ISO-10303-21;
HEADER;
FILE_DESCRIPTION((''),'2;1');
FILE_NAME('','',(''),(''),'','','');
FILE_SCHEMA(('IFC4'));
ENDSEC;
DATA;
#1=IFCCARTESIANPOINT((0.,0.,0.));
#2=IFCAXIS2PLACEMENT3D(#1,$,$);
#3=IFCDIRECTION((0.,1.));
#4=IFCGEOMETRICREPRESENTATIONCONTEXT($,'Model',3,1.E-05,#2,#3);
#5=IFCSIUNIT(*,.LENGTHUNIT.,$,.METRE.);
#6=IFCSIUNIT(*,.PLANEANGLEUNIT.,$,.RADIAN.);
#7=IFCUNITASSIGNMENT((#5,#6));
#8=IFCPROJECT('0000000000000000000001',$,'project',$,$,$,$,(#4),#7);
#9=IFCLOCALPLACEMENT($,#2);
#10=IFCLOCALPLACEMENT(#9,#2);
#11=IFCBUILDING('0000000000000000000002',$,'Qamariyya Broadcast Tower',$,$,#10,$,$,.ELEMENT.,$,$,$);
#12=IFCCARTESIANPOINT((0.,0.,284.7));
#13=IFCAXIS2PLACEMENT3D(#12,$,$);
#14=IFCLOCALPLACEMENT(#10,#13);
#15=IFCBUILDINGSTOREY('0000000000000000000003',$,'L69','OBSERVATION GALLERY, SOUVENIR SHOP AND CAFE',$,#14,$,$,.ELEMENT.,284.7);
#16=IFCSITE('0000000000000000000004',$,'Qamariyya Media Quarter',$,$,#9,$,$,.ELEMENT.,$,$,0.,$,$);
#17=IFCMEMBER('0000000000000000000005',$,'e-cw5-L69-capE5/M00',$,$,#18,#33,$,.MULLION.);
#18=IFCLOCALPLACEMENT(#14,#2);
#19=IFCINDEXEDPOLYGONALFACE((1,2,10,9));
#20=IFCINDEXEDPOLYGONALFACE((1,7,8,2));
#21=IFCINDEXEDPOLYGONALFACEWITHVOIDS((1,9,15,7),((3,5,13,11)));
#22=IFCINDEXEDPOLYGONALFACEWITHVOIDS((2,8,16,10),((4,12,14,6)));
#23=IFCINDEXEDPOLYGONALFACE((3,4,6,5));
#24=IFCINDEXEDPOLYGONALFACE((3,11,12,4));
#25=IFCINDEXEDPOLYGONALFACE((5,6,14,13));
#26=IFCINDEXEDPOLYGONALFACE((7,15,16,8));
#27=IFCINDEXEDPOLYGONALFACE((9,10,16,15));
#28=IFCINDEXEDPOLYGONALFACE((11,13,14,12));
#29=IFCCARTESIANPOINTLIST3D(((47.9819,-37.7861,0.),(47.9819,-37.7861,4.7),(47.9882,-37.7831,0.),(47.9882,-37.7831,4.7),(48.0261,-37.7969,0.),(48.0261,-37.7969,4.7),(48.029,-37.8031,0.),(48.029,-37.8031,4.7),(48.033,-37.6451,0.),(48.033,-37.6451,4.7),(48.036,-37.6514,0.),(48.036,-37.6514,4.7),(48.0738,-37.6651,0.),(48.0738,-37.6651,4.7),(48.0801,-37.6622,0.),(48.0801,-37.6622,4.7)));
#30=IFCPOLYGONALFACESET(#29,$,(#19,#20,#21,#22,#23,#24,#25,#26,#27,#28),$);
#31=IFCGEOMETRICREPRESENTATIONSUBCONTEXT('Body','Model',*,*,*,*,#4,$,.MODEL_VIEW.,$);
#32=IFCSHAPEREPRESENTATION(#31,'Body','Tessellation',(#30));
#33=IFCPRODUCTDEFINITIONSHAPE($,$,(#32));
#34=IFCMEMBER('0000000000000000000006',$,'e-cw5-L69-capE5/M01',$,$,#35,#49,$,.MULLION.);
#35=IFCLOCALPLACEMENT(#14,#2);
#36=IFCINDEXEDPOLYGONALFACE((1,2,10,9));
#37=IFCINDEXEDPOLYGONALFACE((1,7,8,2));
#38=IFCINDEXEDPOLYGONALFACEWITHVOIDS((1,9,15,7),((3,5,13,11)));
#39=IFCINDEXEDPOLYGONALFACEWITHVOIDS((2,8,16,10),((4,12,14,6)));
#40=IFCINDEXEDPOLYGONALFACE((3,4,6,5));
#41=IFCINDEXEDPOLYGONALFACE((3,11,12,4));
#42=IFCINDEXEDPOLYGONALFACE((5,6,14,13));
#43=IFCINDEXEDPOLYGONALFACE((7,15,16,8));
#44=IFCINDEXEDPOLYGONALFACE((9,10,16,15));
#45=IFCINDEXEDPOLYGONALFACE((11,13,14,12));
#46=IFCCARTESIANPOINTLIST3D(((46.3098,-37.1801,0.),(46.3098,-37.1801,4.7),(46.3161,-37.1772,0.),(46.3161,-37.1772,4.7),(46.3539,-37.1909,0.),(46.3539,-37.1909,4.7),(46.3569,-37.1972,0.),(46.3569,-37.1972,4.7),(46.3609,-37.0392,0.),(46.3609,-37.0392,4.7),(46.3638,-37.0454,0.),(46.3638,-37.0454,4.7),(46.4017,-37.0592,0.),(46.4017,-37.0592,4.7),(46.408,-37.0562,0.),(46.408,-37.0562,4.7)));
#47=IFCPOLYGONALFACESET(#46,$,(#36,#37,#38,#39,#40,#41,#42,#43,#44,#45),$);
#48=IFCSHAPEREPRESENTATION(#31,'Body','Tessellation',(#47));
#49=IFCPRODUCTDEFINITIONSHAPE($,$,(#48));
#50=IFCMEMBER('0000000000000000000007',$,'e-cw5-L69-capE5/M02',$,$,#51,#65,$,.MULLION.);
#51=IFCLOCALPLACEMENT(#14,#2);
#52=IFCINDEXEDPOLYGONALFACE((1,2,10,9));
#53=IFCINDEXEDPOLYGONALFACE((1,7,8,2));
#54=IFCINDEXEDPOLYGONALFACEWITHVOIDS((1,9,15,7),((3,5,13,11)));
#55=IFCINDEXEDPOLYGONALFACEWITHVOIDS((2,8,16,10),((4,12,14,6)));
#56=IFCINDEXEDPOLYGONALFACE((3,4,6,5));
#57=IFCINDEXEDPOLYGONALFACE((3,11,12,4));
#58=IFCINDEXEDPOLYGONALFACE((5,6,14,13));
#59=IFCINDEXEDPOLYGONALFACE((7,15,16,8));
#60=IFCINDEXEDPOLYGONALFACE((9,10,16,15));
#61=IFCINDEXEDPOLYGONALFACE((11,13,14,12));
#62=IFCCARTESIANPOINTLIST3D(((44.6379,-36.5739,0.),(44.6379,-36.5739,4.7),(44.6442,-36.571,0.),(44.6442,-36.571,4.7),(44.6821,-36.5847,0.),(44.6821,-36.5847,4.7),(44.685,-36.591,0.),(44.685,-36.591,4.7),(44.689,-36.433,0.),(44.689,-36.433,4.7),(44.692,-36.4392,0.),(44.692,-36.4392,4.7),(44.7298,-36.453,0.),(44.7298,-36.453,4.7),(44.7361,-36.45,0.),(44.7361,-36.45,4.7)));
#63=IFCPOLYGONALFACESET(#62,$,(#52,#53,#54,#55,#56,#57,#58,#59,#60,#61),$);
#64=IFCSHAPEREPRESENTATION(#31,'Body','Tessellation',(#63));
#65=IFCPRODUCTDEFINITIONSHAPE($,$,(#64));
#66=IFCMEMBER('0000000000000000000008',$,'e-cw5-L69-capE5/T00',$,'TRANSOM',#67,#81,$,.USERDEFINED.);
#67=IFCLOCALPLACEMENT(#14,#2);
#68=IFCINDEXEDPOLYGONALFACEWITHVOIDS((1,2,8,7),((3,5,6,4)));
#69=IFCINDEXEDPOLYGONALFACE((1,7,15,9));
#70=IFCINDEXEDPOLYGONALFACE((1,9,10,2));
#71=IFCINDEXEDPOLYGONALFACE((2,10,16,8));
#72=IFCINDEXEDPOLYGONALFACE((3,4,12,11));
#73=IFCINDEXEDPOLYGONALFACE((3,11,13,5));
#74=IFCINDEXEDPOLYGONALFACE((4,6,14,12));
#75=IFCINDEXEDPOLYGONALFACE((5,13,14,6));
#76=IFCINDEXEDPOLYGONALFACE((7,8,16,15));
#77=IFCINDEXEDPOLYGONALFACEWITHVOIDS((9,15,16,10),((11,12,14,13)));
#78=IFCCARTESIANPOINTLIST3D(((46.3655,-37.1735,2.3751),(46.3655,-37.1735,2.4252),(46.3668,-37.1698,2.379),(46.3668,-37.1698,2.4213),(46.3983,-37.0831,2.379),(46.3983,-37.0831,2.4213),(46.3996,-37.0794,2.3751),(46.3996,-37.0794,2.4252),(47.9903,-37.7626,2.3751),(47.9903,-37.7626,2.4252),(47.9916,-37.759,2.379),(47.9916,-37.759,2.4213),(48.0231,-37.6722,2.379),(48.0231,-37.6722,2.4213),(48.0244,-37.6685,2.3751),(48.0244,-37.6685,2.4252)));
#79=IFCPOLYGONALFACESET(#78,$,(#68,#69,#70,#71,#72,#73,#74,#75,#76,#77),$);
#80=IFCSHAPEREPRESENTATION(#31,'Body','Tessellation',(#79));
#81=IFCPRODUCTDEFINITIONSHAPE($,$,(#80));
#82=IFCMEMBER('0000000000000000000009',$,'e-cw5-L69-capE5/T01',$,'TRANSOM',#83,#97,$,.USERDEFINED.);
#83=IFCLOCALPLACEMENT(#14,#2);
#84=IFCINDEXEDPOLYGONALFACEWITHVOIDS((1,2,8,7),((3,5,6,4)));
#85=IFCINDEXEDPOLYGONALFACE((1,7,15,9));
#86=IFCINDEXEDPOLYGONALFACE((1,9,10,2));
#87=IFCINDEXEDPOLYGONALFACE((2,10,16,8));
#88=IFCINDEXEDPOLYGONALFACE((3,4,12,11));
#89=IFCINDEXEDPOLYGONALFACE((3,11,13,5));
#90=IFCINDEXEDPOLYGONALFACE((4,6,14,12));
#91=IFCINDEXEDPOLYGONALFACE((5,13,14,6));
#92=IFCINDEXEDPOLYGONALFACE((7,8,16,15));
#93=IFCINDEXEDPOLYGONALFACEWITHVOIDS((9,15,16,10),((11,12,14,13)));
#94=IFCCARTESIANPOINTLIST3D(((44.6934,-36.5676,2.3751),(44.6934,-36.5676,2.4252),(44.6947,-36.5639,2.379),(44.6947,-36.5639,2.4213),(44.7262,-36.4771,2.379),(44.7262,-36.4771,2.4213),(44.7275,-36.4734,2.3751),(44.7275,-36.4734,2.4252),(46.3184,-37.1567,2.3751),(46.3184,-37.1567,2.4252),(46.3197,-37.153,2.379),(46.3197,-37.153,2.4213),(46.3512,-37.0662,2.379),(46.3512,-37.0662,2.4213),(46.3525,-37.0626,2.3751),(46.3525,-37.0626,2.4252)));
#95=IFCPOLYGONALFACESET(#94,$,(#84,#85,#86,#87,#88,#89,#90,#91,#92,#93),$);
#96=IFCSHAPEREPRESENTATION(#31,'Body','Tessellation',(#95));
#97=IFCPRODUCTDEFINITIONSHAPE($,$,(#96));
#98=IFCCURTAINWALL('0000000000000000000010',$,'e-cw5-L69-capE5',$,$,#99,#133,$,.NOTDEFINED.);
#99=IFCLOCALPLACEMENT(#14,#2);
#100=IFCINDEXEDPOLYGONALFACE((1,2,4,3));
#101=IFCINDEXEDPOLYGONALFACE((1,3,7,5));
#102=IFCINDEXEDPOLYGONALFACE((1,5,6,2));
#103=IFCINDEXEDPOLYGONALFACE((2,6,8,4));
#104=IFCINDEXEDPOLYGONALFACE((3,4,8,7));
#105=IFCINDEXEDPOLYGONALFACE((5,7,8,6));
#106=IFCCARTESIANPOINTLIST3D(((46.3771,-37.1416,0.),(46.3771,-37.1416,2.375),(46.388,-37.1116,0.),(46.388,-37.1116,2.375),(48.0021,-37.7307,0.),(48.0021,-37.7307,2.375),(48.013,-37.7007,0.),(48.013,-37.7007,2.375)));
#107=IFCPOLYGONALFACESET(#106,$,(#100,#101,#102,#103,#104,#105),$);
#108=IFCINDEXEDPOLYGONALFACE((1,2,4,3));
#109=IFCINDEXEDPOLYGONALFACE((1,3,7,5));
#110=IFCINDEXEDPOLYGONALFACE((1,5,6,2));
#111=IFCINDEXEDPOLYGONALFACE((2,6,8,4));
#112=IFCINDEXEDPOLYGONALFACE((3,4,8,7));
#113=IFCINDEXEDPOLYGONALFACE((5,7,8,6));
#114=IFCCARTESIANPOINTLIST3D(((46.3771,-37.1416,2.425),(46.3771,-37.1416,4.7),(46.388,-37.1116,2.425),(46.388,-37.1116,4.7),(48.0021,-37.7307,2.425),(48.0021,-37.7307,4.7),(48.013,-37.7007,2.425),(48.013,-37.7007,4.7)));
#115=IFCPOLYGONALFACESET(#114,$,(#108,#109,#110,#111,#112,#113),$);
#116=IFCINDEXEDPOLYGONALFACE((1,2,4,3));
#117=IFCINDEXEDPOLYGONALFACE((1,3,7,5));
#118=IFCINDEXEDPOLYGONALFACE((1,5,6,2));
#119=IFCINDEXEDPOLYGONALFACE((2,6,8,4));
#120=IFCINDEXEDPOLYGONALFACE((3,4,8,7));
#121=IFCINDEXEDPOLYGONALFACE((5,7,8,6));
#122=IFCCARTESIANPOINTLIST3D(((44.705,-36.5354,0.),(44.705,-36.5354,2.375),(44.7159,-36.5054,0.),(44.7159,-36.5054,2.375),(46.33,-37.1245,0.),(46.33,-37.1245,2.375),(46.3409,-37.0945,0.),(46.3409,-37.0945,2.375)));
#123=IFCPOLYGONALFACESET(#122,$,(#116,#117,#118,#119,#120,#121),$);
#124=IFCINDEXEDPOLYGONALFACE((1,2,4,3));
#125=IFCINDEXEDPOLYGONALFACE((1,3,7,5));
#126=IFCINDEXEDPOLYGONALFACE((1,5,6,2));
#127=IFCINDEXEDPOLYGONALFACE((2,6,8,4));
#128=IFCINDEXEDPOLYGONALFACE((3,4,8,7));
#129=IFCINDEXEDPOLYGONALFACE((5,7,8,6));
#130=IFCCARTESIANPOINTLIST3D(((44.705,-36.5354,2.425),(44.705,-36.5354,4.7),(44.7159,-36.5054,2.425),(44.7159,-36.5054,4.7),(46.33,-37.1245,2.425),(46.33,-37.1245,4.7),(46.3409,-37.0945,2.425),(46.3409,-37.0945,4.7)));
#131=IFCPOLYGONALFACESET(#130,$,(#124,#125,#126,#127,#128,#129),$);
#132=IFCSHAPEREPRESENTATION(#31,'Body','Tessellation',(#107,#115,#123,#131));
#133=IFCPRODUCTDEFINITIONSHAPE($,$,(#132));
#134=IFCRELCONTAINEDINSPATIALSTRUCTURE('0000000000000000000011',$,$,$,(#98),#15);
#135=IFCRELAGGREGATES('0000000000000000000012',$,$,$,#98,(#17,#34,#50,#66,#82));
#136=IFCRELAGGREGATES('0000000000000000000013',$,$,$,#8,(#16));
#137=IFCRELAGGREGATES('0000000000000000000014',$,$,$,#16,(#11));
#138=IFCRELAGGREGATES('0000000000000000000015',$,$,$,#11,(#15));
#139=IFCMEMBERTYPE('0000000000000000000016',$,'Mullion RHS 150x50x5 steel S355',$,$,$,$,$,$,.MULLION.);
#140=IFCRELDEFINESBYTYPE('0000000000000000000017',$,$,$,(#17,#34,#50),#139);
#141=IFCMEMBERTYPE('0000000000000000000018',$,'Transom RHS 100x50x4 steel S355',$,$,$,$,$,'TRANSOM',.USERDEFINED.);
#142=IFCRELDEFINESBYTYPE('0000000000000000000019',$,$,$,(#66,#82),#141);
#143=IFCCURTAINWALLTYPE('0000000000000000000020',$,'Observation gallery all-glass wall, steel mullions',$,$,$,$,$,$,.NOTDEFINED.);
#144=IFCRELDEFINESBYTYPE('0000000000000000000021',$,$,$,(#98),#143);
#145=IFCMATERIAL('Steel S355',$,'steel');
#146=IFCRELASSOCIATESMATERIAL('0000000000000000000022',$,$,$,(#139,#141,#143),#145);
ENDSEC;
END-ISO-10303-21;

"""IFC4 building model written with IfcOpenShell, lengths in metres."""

from ifc_helpers import new_model, si_unit, direction, frame, origin, origin_2d, place, context, subcontext, project, spatial, rectangle, hollow_rectangle, extrude, material, material_profile, profile_set, type_object, element, aggregate, save


model = new_model("IFC4")

# Units and contexts
model_context = context("Model", 3, precision=1e-05, world=origin(), true_north=direction((0.0, 1.0)))
body_context = subcontext(model_context, "Body", "Model", "MODEL_VIEW")
ifc_project = project(units=[si_unit("LENGTHUNIT", "METRE"), si_unit("PLANEANGLEUNIT", "RADIAN")], contexts=[model_context])

# Members
ifc_material = material(Name="Steel S355", Category="steel")
ifc_material_profile_1 = material_profile(ifc_material, hollow_rectangle(XDim=0.1499, YDim=0.05, WallThickness=0.0049, at=origin_2d()))
ifc_profile_set_1 = profile_set([ifc_material_profile_1], Name="Steel S355")
member_type_1 = type_object("IfcMemberType", Name="Mullion RHS 150x50x5 steel S355", PredefinedType="MULLION", material=ifc_profile_set_1)
site_placement = place(None, origin())
building_placement = place(site_placement, origin())
storey_placement = place(building_placement, frame((0.0, 0.0, 284.7)))
member_1_placement = place(storey_placement, frame((48.031, -37.7241, 0.0), z_axis=(0.0, 0.0, 1.0), x_axis=(-0.340815, -0.94013, 0.0)))
member_1 = element("IfcMember", 1, at=member_1_placement, type_object=member_type_1, Name="e-cw5-L69-capE5/M00", PredefinedType="MULLION", context=body_context, shape_type="SweptSolid", body=[
    extrude(hollow_rectangle(XDim=0.1499, YDim=0.05, WallThickness=0.0049, at=origin_2d()), origin(), (0.0, 0.0, 1.0), 4.7),
])
member_2_placement = place(storey_placement, frame((46.3589, -37.1182, 0.0), z_axis=(0.0, 0.0, 1.0), x_axis=(-0.340815, -0.94013, 0.0)))
member_2 = element("IfcMember", 2, at=member_2_placement, type_object=member_type_1, Name="e-cw5-L69-capE5/M01", PredefinedType="MULLION", context=body_context, shape_type="SweptSolid", body=[
    extrude(hollow_rectangle(XDim=0.1499, YDim=0.05, WallThickness=0.0049, at=origin_2d()), origin(), (0.0, 0.0, 1.0), 4.7),
])
member_3_placement = place(storey_placement, frame((44.687, -36.512, 0.0), z_axis=(0.0, 0.0, 1.0), x_axis=(-0.340815, -0.94013, 0.0)))
member_3 = element("IfcMember", 3, at=member_3_placement, type_object=member_type_1, Name="e-cw5-L69-capE5/M02", PredefinedType="MULLION", context=body_context, shape_type="SweptSolid", body=[
    extrude(hollow_rectangle(XDim=0.1499, YDim=0.05, WallThickness=0.0049, at=origin_2d()), origin(), (0.0, 0.0, 1.0), 4.7),
])
ifc_material_profile_2 = material_profile(ifc_material, hollow_rectangle(XDim=0.1001, YDim=0.05, WallThickness=0.0039, at=origin_2d()))
ifc_profile_set_2 = profile_set([ifc_material_profile_2], Name="Steel S355")
member_type_2 = type_object("IfcMemberType", Name="Transom RHS 100x50x4 steel S355", ElementType="TRANSOM", PredefinedType="USERDEFINED", material=ifc_profile_set_2)
member_4_placement = place(storey_placement, frame((48.0073, -37.7156, 2.4001), z_axis=(-0.940111, 0.34087, 0.0), x_axis=(-0.34087, -0.940111, 0.0)))
member_4 = element("IfcMember", 4, at=member_4_placement, type_object=member_type_2, Name="e-cw5-L69-capE5/T00", ObjectType="TRANSOM", PredefinedType="USERDEFINED", context=body_context, shape_type="SweptSolid", body=[
    extrude(hollow_rectangle(XDim=0.1001, YDim=0.05, WallThickness=0.0039, at=origin_2d()), origin(), (0.0, 0.0, 1.0), 1.7283),
])
member_5_placement = place(storey_placement, frame((46.3354, -37.1096, 2.4001), z_axis=(-0.940127, 0.340824, 0.0), x_axis=(-0.340824, -0.940127, 0.0)))
member_5 = element("IfcMember", 5, at=member_5_placement, type_object=member_type_2, Name="e-cw5-L69-capE5/T01", ObjectType="TRANSOM", PredefinedType="USERDEFINED", context=body_context, shape_type="SweptSolid", body=[
    extrude(hollow_rectangle(XDim=0.1001, YDim=0.05, WallThickness=0.0039, at=origin_2d()), origin(), (0.0, 0.0, 1.0), 1.7285),
])

# Site, building, storey
site = spatial("IfcSite", under=ifc_project, at=site_placement, Name="Qamariyya Media Quarter", CompositionType="ELEMENT", RefElevation=0.0)
building = spatial("IfcBuilding", under=site, at=building_placement, Name="Qamariyya Broadcast Tower", CompositionType="ELEMENT")
storey = spatial("IfcBuildingStorey", under=building, at=storey_placement, Name="L69", Description="OBSERVATION GALLERY, SOUVENIR SHOP AND CAFE", CompositionType="ELEMENT", Elevation=284.7)

# Curtain wall
curtain_wall_type = type_object("IfcCurtainWallType", Name="Observation gallery all-glass wall, steel mullions", PredefinedType="NOTDEFINED", material=ifc_material)
curtain_wall_1_placement = place(storey_placement, origin())
curtain_wall_1 = element("IfcCurtainWall", 6, at=curtain_wall_1_placement, inside=storey, type_object=curtain_wall_type, Name="e-cw5-L69-capE5", PredefinedType="NOTDEFINED", context=body_context, shape_type="SweptSolid", body=[
    extrude(rectangle(XDim=1.7285, YDim=0.032, at=origin_2d()), frame((47.1951, -37.4211, 0.0), x_axis=(-0.940131, 0.340814, 0.0)), (0.0, 0.0, 1.0), 2.375),
    extrude(rectangle(XDim=1.7285, YDim=0.032, at=origin_2d()), frame((47.1951, -37.4211, 2.425), x_axis=(-0.940131, 0.340814, 0.0)), (0.0, 0.0, 1.0), 2.2749),
    extrude(rectangle(XDim=1.7285, YDim=0.032, at=origin_2d()), frame((45.5229, -36.8149, 0.0), x_axis=(-0.940131, 0.340814, 0.0)), (0.0, 0.0, 1.0), 2.375),
    extrude(rectangle(XDim=1.7285, YDim=0.032, at=origin_2d()), frame((45.5229, -36.8149, 2.425), x_axis=(-0.940131, 0.340814, 0.0)), (0.0, 0.0, 1.0), 2.2749),
])
aggregate(curtain_wall_1, [member_1, member_2, member_3, member_4, member_5])

save(model, "model.ifc")
